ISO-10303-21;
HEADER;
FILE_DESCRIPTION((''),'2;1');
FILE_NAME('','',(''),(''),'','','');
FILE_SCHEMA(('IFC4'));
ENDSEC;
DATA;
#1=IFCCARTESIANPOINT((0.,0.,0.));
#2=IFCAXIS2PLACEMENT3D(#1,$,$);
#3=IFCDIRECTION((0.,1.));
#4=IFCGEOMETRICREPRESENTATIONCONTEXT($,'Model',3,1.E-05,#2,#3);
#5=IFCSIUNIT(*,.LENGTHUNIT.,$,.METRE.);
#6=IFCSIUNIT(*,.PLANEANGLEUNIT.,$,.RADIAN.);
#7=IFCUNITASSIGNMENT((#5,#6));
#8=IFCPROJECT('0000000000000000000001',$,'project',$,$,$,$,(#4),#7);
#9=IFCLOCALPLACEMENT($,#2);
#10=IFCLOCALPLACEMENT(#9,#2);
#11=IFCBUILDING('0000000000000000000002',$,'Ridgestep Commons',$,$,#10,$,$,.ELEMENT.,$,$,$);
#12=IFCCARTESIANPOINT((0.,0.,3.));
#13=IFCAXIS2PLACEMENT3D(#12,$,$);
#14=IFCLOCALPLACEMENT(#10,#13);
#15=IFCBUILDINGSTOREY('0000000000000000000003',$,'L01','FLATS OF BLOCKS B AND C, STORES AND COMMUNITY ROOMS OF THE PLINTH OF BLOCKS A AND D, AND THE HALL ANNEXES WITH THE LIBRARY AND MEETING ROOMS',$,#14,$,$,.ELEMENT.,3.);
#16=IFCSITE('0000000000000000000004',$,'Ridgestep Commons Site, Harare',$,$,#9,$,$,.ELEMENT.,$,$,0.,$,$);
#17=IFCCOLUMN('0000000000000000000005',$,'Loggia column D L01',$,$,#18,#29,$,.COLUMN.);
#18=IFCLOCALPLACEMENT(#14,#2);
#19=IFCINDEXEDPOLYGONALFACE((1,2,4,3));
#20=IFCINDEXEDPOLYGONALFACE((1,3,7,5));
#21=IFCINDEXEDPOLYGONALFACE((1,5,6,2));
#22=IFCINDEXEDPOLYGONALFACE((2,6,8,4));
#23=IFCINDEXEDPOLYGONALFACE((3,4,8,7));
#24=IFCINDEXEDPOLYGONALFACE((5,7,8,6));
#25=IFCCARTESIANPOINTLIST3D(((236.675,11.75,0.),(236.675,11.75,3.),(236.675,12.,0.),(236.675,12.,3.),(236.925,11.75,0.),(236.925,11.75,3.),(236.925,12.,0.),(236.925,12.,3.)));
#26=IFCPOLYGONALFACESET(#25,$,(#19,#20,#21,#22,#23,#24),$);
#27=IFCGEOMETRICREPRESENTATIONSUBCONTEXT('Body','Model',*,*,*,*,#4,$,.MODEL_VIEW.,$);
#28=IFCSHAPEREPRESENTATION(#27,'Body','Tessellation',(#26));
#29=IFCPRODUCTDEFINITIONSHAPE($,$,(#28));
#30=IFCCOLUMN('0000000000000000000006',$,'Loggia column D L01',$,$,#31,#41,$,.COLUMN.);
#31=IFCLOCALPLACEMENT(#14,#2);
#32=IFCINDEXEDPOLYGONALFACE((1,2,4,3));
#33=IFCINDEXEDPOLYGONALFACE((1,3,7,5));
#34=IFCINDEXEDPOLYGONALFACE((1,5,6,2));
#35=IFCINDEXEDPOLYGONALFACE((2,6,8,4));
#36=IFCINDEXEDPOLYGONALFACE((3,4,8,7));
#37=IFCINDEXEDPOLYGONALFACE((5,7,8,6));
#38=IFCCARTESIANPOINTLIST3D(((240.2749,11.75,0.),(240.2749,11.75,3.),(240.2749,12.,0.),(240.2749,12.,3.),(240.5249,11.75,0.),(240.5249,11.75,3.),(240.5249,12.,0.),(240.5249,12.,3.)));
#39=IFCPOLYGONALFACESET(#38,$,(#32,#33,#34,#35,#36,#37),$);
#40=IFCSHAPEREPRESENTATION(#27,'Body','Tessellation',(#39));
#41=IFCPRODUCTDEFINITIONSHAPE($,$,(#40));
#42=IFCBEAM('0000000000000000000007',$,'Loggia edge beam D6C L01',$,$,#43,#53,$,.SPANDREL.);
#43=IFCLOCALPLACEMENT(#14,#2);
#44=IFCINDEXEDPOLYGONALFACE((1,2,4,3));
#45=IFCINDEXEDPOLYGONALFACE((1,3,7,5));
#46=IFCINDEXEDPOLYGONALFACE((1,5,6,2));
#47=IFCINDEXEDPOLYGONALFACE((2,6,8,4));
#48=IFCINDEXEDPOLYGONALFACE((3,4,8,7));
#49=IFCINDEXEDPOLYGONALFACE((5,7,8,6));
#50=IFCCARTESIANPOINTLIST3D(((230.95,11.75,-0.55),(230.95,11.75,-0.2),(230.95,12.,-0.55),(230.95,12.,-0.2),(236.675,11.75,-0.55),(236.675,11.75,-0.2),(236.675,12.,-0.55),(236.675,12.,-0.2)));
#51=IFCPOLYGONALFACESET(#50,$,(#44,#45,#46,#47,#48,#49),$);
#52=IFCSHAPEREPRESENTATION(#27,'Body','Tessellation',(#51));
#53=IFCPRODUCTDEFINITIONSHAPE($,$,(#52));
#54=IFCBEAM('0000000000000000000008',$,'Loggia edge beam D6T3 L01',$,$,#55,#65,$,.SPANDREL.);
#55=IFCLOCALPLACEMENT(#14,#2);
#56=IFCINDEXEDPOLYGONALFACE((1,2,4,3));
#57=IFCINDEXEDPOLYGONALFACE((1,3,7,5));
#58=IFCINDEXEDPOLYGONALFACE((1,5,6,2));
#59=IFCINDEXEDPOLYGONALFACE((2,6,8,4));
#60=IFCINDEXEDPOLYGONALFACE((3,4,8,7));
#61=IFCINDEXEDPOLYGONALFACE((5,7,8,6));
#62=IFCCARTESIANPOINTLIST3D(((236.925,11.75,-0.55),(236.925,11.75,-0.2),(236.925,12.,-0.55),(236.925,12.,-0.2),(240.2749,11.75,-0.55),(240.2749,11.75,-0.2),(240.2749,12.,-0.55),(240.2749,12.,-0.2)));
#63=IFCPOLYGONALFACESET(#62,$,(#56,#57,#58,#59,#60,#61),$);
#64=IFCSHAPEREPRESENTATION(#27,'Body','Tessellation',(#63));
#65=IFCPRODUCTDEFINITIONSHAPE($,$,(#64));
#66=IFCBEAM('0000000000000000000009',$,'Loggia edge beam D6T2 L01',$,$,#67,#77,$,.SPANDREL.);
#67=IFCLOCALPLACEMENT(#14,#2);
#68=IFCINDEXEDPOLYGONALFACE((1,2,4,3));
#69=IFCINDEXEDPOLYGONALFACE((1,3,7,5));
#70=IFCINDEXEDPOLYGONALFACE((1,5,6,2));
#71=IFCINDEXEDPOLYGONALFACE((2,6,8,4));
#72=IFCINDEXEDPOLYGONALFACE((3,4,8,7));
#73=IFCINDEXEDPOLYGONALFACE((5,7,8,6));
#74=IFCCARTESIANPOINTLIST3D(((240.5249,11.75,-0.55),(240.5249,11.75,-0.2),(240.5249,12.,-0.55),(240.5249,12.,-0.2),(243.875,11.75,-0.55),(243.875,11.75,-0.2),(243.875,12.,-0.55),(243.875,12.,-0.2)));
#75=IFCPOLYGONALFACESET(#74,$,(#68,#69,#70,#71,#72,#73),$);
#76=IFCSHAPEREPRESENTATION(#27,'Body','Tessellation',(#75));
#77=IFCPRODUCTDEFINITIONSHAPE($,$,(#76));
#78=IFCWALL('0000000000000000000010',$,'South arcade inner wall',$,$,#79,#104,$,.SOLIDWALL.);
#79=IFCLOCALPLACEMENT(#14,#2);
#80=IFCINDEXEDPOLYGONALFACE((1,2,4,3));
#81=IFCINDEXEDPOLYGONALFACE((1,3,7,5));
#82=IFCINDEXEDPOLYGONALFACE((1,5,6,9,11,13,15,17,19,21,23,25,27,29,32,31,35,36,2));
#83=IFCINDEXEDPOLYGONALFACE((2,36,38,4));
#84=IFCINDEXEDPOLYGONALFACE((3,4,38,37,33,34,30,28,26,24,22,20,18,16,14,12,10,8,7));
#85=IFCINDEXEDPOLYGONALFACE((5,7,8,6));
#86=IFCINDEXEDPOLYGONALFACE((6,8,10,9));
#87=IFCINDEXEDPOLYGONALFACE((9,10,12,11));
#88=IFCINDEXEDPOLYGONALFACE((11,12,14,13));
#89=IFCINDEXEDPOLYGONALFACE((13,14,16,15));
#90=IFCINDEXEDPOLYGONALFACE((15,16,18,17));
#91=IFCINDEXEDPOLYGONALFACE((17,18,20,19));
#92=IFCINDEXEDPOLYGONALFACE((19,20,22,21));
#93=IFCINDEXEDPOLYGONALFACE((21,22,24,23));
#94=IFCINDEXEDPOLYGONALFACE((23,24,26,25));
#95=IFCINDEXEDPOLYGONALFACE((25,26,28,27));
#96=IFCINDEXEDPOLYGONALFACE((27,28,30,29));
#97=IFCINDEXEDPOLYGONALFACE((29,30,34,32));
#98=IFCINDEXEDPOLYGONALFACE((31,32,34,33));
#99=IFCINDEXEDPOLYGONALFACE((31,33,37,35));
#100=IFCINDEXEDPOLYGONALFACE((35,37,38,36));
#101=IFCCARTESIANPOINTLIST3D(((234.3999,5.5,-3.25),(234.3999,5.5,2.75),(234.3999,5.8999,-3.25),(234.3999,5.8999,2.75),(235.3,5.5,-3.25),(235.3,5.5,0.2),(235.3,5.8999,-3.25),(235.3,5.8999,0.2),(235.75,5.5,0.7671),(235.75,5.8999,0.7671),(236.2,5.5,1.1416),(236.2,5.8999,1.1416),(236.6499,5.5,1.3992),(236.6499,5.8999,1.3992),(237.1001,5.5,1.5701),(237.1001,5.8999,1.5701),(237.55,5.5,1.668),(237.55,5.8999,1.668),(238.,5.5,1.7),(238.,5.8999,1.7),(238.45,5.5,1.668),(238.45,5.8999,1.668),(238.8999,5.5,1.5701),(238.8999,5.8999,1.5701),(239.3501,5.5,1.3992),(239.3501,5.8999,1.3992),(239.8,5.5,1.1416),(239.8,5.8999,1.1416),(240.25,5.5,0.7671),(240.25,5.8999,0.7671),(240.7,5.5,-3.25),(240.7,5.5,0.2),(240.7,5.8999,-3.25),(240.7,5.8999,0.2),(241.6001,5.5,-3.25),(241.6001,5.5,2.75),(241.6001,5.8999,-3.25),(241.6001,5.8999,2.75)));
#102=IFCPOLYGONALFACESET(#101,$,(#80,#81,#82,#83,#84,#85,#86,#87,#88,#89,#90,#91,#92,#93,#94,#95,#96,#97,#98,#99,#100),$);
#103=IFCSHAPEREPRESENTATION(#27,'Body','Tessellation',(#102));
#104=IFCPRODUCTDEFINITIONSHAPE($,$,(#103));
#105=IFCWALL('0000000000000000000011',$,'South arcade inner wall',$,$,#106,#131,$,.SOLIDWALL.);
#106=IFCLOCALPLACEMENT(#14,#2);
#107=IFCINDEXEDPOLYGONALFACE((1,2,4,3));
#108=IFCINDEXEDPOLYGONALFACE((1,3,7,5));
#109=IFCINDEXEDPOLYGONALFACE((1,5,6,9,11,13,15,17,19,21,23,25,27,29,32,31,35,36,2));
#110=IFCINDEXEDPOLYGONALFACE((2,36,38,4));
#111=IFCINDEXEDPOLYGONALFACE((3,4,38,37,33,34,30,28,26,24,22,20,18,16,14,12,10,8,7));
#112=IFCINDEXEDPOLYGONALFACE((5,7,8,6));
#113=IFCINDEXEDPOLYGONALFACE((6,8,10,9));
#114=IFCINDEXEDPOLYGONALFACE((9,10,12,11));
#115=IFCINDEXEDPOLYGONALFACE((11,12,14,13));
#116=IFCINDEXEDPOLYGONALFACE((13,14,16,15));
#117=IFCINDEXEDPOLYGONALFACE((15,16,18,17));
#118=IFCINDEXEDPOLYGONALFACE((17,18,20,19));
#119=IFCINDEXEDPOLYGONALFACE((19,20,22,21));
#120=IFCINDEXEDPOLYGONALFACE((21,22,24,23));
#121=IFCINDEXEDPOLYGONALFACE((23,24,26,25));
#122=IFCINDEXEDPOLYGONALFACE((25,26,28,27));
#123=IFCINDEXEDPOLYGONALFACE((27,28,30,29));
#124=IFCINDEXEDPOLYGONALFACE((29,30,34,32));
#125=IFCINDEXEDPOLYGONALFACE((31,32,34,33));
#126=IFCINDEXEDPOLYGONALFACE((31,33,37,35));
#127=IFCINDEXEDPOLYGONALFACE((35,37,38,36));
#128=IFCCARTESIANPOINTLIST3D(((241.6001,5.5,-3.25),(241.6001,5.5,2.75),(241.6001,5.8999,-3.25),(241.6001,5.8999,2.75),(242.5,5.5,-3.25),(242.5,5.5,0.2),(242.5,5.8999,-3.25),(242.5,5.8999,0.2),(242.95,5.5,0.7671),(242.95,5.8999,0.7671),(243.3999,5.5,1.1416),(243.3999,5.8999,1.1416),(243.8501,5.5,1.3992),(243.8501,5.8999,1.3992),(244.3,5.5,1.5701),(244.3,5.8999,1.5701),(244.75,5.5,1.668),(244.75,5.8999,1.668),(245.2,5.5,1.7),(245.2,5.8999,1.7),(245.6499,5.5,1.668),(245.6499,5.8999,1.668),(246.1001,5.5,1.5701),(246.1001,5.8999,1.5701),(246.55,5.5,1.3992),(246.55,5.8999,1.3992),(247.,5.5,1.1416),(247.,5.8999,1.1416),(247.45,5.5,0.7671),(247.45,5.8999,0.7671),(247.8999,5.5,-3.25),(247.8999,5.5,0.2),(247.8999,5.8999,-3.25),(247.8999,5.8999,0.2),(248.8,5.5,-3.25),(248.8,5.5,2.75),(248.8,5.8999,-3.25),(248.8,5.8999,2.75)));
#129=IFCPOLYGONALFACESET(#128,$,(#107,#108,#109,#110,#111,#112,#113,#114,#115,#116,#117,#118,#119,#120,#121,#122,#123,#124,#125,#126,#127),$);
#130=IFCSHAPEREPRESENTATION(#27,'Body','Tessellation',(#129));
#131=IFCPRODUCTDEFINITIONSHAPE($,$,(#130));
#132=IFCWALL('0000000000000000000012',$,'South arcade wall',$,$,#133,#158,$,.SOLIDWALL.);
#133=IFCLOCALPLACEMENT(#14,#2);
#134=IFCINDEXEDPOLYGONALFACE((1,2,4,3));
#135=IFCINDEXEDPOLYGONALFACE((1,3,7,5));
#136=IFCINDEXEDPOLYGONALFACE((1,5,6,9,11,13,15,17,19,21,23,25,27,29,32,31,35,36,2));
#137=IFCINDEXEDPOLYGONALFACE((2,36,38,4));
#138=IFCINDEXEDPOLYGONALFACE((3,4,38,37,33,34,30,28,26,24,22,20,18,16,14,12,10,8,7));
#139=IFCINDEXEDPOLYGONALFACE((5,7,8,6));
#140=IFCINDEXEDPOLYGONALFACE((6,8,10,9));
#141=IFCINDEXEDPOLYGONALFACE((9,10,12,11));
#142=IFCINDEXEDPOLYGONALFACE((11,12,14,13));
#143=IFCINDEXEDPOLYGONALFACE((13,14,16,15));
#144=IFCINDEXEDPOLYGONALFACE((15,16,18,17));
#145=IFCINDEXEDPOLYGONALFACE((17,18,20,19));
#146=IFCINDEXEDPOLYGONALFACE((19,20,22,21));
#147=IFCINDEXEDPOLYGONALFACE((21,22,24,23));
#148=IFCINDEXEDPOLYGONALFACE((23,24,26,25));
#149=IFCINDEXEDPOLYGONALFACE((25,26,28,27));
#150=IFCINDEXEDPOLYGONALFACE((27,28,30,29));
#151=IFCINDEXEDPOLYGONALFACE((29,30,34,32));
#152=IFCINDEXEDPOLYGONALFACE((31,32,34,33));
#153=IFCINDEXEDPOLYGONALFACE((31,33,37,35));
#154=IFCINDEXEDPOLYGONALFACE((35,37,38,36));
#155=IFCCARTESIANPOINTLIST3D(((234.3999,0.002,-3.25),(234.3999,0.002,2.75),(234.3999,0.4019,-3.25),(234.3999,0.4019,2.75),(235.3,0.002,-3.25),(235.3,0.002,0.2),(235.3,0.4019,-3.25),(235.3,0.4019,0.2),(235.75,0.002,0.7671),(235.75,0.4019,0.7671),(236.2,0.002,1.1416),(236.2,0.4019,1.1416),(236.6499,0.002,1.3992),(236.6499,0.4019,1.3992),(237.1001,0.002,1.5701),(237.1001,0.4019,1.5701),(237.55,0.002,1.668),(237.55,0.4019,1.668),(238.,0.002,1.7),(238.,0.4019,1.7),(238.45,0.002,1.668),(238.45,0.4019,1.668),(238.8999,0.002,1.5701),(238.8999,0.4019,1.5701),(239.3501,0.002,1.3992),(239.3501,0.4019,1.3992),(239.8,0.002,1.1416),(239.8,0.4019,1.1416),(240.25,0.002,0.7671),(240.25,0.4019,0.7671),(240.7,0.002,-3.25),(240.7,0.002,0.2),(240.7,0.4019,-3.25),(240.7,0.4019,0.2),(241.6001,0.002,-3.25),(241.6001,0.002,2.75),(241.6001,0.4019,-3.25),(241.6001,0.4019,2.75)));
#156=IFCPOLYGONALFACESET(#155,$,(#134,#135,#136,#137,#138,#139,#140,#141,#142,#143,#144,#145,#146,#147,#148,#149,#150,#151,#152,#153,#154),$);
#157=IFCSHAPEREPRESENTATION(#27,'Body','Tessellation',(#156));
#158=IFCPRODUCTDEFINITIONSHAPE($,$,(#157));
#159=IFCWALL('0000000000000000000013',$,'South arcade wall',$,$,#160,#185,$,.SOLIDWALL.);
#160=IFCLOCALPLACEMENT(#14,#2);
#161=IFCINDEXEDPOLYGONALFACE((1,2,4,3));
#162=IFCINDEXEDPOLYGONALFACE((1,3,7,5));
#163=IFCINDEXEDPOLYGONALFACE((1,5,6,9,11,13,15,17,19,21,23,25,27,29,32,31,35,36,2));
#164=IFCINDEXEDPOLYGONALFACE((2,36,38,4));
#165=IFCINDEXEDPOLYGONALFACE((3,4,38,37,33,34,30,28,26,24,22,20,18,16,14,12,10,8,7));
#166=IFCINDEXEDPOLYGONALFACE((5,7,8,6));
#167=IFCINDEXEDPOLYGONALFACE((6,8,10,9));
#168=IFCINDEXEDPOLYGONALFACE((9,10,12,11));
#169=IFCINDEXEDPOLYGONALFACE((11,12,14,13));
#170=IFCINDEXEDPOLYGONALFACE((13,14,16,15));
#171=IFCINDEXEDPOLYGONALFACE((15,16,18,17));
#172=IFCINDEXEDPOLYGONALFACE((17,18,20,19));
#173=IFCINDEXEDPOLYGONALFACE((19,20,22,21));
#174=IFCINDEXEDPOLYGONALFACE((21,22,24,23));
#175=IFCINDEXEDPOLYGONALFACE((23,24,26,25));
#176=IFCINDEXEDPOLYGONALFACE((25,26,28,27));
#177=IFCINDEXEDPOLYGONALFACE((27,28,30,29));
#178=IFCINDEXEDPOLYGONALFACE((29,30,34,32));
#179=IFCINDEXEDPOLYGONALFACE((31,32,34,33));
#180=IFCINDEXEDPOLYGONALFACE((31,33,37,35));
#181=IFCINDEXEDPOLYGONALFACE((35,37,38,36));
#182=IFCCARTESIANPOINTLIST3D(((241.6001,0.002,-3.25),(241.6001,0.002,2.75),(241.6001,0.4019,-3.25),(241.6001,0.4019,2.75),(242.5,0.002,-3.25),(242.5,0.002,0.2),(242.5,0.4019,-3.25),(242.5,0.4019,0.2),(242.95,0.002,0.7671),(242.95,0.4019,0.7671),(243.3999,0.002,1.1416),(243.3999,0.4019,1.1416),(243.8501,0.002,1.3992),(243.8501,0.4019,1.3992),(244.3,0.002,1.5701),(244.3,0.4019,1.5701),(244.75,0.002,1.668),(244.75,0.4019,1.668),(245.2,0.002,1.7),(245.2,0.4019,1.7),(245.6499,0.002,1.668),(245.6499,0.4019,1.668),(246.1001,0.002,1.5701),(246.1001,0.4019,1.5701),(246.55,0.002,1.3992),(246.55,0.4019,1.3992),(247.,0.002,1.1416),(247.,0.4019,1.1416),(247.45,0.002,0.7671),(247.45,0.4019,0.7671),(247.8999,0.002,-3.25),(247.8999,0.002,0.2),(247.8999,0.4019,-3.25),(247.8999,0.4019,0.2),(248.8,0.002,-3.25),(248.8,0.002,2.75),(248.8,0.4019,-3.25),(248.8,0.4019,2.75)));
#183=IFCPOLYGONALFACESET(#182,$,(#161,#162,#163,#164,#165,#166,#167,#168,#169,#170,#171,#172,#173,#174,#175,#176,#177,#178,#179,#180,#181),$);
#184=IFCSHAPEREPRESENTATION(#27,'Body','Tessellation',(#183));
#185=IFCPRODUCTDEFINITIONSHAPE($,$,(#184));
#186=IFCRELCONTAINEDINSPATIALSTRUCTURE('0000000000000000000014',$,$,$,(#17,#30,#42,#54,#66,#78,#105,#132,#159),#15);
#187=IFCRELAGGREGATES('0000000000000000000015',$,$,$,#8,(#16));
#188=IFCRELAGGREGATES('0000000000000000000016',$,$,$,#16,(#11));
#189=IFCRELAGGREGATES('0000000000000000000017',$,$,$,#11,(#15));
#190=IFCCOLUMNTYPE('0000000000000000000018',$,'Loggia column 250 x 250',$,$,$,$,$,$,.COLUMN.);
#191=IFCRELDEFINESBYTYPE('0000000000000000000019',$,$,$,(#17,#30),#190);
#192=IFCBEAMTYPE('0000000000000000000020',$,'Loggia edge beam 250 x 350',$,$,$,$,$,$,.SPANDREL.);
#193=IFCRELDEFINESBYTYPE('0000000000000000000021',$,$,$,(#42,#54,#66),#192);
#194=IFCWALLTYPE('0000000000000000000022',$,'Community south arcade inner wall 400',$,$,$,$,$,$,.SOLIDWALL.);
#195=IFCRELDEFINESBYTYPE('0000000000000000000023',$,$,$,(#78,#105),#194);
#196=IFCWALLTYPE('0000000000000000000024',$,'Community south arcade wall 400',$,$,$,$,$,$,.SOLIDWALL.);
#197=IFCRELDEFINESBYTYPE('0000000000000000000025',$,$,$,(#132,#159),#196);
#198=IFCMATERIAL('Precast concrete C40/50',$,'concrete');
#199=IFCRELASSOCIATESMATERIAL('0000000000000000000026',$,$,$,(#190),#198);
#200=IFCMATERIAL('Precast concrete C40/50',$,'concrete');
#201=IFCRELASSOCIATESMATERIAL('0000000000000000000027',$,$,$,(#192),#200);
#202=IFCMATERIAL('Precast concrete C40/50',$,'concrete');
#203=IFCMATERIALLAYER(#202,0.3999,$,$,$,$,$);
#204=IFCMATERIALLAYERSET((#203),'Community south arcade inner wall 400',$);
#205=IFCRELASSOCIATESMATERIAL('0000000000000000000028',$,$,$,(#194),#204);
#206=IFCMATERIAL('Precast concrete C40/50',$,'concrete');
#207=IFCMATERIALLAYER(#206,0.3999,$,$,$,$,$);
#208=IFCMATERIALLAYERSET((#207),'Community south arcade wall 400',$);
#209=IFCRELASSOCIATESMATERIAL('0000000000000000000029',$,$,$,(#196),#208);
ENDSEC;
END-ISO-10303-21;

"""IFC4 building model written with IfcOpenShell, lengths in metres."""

from ifc_helpers import new_model, si_unit, direction, frame, origin, origin_2d, place, context, subcontext, project, spatial, polyline, rectangle, outline, extrude, material, layer, layer_set, material_profile, profile_set, type_object, element, save


model = new_model("IFC4")

# Units and contexts
model_context = context("Model", 3, precision=1e-05, world=origin(), true_north=direction((0.0, 1.0)))
body_context = subcontext(model_context, "Body", "Model", "MODEL_VIEW")
ifc_project = project(units=[si_unit("LENGTHUNIT", "METRE"), si_unit("PLANEANGLEUNIT", "RADIAN")], contexts=[model_context])

# Site, building, storey
site_placement = place(None, origin())
site = spatial("IfcSite", under=ifc_project, at=site_placement, Name="Ridgestep Commons Site, Harare", CompositionType="ELEMENT", RefElevation=0.0)
building_placement = place(site_placement, origin())
building = spatial("IfcBuilding", under=site, at=building_placement, Name="Ridgestep Commons", CompositionType="ELEMENT")
storey_placement = place(building_placement, frame((0.0, 0.0, 3.0)))
storey = spatial("IfcBuildingStorey", under=building, at=storey_placement, Name="L01", Description="FLATS OF BLOCKS B AND C, STORES AND COMMUNITY ROOMS OF THE PLINTH OF BLOCKS A AND D, AND THE HALL ANNEXES WITH THE LIBRARY AND MEETING ROOMS", CompositionType="ELEMENT", Elevation=3.0)

# Columns
ifc_material_1 = material(Name="Precast concrete C40/50", Category="concrete")
ifc_material_profile_1 = material_profile(ifc_material_1, rectangle(XDim=0.25, YDim=0.25, at=origin_2d()), Name="PC 250x250")
ifc_profile_set_1 = profile_set([ifc_material_profile_1], Name="Precast concrete C40/50")
column_type = type_object("IfcColumnType", Name="Loggia column 250 x 250", PredefinedType="COLUMN", material=ifc_profile_set_1)
for number, where, z_axis, x_axis, name in (
    (1, (236.8, 11.875, 0.0), (0.0, 0.0, 1.0), (1.0, 0.0, 0.0), "Loggia column D L01"),
    (2, (240.3999, 11.875, 0.0), (0.0, 0.0, 1.0), (1.0, 0.0, 0.0), "Loggia column D L01"),
):
    element("IfcColumn", number, at=place(storey_placement, frame(where, z_axis=z_axis, x_axis=x_axis)), inside=storey, type_object=column_type, Name=name, PredefinedType="COLUMN", context=body_context, shape_type="SweptSolid", body=[
        extrude(rectangle(XDim=0.25, YDim=0.25, at=origin_2d()), origin(), (0.0, 0.0, 1.0), 3.0),
    ])

# Beams
ifc_material_2 = material(Name="Precast concrete C40/50", Category="concrete")
ifc_material_profile_2 = material_profile(ifc_material_2, rectangle(XDim=0.25, YDim=0.3501, at=origin_2d()), Name="PC 250x350")
ifc_profile_set_2 = profile_set([ifc_material_profile_2], Name="Precast concrete C40/50")
beam_type = type_object("IfcBeamType", Name="Loggia edge beam 250 x 350", PredefinedType="SPANDREL", material=ifc_profile_set_2)
beam_1_placement = place(storey_placement, frame((230.95, 11.875, -0.375), z_axis=(1.0, 0.0, 0.0), x_axis=(0.0, 1.0, 0.0)))
element("IfcBeam", 3, at=beam_1_placement, inside=storey, type_object=beam_type, Name="Loggia edge beam D6C L01", PredefinedType="SPANDREL", context=body_context, shape_type="SweptSolid", body=[
    extrude(rectangle(XDim=0.25, YDim=0.3501, at=origin_2d()), origin(), (0.0, 0.0, 1.0), 5.7251),
])
beam_2_placement = place(storey_placement, frame((236.925, 11.875, -0.375), z_axis=(1.0, 0.0, 0.0), x_axis=(0.0, 1.0, 0.0)))
element("IfcBeam", 4, at=beam_2_placement, inside=storey, type_object=beam_type, Name="Loggia edge beam D6T3 L01", PredefinedType="SPANDREL", context=body_context, shape_type="SweptSolid", body=[
    extrude(rectangle(XDim=0.25, YDim=0.3501, at=origin_2d()), origin(), (0.0, 0.0, 1.0), 3.3499),
])
beam_3_placement = place(storey_placement, frame((240.5249, 11.875, -0.375), z_axis=(1.0, 0.0, 0.0), x_axis=(0.0, 1.0, 0.0)))
element("IfcBeam", 5, at=beam_3_placement, inside=storey, type_object=beam_type, Name="Loggia edge beam D6T2 L01", PredefinedType="SPANDREL", context=body_context, shape_type="SweptSolid", body=[
    extrude(rectangle(XDim=0.25, YDim=0.3501, at=origin_2d()), origin(), (0.0, 0.0, 1.0), 3.3501),
])

# Walls
ifc_material_3 = material(Name="Precast concrete C40/50", Category="concrete")
ifc_layer_1 = layer(ifc_material_3, 0.3999)
ifc_layer_set_1 = layer_set([ifc_layer_1], Name="Community south arcade inner wall 400")
wall_type_1 = type_object("IfcWallType", Name="Community south arcade inner wall 400", PredefinedType="SOLIDWALL", material=ifc_layer_set_1)
wall_1_placement = place(storey_placement, frame((234.3999, 5.5, -3.25), z_axis=(0.0, -1.0, 0.0), x_axis=(1.0, 0.0, 0.0)))
element("IfcWall", 6, at=wall_1_placement, inside=storey, type_object=wall_type_1, Name="South arcade inner wall", PredefinedType="SOLIDWALL", context=body_context, shape_type="SweptSolid", body=[
    extrude(outline(polyline([(0.0, 0.0), (0.9001, 0.0), (0.9001, 3.45), (1.3501, 4.0171), (1.8, 4.3916), (2.25, 4.6492), (2.7002, 4.8201), (3.1501, 4.918), (3.6001, 4.95), (4.05, 4.918), (4.5, 4.8201), (4.9502, 4.6492), (5.4001, 4.3916), (5.8501, 4.0171), (6.3, 3.45), (6.3, 0.0), (7.2002, 0.0), (7.2002, 6.0), (0.0, 6.0), (0.0, 0.0)])), origin(), (0.0, 0.0, -1.0), 0.3999),
])
wall_2_placement = place(storey_placement, frame((241.6001, 5.5, -3.25), z_axis=(0.0, -1.0, 0.0), x_axis=(1.0, 0.0, 0.0)))
element("IfcWall", 7, at=wall_2_placement, inside=storey, type_object=wall_type_1, Name="South arcade inner wall", PredefinedType="SOLIDWALL", context=body_context, shape_type="SweptSolid", body=[
    extrude(outline(polyline([(0.0, 0.0), (0.8999, 0.0), (0.8999, 3.45), (1.3499, 4.0171), (1.7998, 4.3916), (2.25, 4.6492), (2.7, 4.8201), (3.1499, 4.918), (3.5999, 4.95), (4.0498, 4.918), (4.5, 4.8201), (4.95, 4.6492), (5.3999, 4.3916), (5.8499, 4.0171), (6.2998, 3.45), (6.2998, 0.0), (7.2, 0.0), (7.2, 6.0), (0.0, 6.0), (0.0, 0.0)])), origin(), (0.0, 0.0, -1.0), 0.3999),
])
ifc_material_4 = material(Name="Precast concrete C40/50", Category="concrete")
ifc_layer_2 = layer(ifc_material_4, 0.3999)
ifc_layer_set_2 = layer_set([ifc_layer_2], Name="Community south arcade wall 400")
wall_type_2 = type_object("IfcWallType", Name="Community south arcade wall 400", PredefinedType="SOLIDWALL", material=ifc_layer_set_2)
wall_3_placement = place(storey_placement, frame((234.3999, 0.002, -3.25), z_axis=(0.0, -1.0, 0.0), x_axis=(1.0, 0.0, 0.0)))
element("IfcWall", 8, at=wall_3_placement, inside=storey, type_object=wall_type_2, Name="South arcade wall", PredefinedType="SOLIDWALL", context=body_context, shape_type="SweptSolid", body=[
    extrude(outline(polyline([(0.0, 0.0), (0.9001, 0.0), (0.9001, 3.45), (1.3501, 4.0171), (1.8, 4.3916), (2.25, 4.6492), (2.7002, 4.8201), (3.1501, 4.918), (3.6001, 4.95), (4.05, 4.918), (4.5, 4.8201), (4.9502, 4.6492), (5.4001, 4.3916), (5.8501, 4.0171), (6.3, 3.45), (6.3, 0.0), (7.2002, 0.0), (7.2002, 6.0), (0.0, 6.0), (0.0, 0.0)])), origin(), (0.0, 0.0, -1.0), 0.3999),
])
wall_4_placement = place(storey_placement, frame((241.6001, 0.002, -3.25), z_axis=(0.0, -1.0, 0.0), x_axis=(1.0, 0.0, 0.0)))
element("IfcWall", 9, at=wall_4_placement, inside=storey, type_object=wall_type_2, Name="South arcade wall", PredefinedType="SOLIDWALL", context=body_context, shape_type="SweptSolid", body=[
    extrude(outline(polyline([(0.0, 0.0), (0.8999, 0.0), (0.8999, 3.45), (1.3499, 4.0171), (1.7998, 4.3916), (2.25, 4.6492), (2.7, 4.8201), (3.1499, 4.918), (3.5999, 4.95), (4.0498, 4.918), (4.5, 4.8201), (4.95, 4.6492), (5.3999, 4.3916), (5.8499, 4.0171), (6.2998, 3.45), (6.2998, 0.0), (7.2, 0.0), (7.2, 6.0), (0.0, 6.0), (0.0, 0.0)])), origin(), (0.0, 0.0, -1.0), 0.3999),
])

save(model, "model.ifc")
